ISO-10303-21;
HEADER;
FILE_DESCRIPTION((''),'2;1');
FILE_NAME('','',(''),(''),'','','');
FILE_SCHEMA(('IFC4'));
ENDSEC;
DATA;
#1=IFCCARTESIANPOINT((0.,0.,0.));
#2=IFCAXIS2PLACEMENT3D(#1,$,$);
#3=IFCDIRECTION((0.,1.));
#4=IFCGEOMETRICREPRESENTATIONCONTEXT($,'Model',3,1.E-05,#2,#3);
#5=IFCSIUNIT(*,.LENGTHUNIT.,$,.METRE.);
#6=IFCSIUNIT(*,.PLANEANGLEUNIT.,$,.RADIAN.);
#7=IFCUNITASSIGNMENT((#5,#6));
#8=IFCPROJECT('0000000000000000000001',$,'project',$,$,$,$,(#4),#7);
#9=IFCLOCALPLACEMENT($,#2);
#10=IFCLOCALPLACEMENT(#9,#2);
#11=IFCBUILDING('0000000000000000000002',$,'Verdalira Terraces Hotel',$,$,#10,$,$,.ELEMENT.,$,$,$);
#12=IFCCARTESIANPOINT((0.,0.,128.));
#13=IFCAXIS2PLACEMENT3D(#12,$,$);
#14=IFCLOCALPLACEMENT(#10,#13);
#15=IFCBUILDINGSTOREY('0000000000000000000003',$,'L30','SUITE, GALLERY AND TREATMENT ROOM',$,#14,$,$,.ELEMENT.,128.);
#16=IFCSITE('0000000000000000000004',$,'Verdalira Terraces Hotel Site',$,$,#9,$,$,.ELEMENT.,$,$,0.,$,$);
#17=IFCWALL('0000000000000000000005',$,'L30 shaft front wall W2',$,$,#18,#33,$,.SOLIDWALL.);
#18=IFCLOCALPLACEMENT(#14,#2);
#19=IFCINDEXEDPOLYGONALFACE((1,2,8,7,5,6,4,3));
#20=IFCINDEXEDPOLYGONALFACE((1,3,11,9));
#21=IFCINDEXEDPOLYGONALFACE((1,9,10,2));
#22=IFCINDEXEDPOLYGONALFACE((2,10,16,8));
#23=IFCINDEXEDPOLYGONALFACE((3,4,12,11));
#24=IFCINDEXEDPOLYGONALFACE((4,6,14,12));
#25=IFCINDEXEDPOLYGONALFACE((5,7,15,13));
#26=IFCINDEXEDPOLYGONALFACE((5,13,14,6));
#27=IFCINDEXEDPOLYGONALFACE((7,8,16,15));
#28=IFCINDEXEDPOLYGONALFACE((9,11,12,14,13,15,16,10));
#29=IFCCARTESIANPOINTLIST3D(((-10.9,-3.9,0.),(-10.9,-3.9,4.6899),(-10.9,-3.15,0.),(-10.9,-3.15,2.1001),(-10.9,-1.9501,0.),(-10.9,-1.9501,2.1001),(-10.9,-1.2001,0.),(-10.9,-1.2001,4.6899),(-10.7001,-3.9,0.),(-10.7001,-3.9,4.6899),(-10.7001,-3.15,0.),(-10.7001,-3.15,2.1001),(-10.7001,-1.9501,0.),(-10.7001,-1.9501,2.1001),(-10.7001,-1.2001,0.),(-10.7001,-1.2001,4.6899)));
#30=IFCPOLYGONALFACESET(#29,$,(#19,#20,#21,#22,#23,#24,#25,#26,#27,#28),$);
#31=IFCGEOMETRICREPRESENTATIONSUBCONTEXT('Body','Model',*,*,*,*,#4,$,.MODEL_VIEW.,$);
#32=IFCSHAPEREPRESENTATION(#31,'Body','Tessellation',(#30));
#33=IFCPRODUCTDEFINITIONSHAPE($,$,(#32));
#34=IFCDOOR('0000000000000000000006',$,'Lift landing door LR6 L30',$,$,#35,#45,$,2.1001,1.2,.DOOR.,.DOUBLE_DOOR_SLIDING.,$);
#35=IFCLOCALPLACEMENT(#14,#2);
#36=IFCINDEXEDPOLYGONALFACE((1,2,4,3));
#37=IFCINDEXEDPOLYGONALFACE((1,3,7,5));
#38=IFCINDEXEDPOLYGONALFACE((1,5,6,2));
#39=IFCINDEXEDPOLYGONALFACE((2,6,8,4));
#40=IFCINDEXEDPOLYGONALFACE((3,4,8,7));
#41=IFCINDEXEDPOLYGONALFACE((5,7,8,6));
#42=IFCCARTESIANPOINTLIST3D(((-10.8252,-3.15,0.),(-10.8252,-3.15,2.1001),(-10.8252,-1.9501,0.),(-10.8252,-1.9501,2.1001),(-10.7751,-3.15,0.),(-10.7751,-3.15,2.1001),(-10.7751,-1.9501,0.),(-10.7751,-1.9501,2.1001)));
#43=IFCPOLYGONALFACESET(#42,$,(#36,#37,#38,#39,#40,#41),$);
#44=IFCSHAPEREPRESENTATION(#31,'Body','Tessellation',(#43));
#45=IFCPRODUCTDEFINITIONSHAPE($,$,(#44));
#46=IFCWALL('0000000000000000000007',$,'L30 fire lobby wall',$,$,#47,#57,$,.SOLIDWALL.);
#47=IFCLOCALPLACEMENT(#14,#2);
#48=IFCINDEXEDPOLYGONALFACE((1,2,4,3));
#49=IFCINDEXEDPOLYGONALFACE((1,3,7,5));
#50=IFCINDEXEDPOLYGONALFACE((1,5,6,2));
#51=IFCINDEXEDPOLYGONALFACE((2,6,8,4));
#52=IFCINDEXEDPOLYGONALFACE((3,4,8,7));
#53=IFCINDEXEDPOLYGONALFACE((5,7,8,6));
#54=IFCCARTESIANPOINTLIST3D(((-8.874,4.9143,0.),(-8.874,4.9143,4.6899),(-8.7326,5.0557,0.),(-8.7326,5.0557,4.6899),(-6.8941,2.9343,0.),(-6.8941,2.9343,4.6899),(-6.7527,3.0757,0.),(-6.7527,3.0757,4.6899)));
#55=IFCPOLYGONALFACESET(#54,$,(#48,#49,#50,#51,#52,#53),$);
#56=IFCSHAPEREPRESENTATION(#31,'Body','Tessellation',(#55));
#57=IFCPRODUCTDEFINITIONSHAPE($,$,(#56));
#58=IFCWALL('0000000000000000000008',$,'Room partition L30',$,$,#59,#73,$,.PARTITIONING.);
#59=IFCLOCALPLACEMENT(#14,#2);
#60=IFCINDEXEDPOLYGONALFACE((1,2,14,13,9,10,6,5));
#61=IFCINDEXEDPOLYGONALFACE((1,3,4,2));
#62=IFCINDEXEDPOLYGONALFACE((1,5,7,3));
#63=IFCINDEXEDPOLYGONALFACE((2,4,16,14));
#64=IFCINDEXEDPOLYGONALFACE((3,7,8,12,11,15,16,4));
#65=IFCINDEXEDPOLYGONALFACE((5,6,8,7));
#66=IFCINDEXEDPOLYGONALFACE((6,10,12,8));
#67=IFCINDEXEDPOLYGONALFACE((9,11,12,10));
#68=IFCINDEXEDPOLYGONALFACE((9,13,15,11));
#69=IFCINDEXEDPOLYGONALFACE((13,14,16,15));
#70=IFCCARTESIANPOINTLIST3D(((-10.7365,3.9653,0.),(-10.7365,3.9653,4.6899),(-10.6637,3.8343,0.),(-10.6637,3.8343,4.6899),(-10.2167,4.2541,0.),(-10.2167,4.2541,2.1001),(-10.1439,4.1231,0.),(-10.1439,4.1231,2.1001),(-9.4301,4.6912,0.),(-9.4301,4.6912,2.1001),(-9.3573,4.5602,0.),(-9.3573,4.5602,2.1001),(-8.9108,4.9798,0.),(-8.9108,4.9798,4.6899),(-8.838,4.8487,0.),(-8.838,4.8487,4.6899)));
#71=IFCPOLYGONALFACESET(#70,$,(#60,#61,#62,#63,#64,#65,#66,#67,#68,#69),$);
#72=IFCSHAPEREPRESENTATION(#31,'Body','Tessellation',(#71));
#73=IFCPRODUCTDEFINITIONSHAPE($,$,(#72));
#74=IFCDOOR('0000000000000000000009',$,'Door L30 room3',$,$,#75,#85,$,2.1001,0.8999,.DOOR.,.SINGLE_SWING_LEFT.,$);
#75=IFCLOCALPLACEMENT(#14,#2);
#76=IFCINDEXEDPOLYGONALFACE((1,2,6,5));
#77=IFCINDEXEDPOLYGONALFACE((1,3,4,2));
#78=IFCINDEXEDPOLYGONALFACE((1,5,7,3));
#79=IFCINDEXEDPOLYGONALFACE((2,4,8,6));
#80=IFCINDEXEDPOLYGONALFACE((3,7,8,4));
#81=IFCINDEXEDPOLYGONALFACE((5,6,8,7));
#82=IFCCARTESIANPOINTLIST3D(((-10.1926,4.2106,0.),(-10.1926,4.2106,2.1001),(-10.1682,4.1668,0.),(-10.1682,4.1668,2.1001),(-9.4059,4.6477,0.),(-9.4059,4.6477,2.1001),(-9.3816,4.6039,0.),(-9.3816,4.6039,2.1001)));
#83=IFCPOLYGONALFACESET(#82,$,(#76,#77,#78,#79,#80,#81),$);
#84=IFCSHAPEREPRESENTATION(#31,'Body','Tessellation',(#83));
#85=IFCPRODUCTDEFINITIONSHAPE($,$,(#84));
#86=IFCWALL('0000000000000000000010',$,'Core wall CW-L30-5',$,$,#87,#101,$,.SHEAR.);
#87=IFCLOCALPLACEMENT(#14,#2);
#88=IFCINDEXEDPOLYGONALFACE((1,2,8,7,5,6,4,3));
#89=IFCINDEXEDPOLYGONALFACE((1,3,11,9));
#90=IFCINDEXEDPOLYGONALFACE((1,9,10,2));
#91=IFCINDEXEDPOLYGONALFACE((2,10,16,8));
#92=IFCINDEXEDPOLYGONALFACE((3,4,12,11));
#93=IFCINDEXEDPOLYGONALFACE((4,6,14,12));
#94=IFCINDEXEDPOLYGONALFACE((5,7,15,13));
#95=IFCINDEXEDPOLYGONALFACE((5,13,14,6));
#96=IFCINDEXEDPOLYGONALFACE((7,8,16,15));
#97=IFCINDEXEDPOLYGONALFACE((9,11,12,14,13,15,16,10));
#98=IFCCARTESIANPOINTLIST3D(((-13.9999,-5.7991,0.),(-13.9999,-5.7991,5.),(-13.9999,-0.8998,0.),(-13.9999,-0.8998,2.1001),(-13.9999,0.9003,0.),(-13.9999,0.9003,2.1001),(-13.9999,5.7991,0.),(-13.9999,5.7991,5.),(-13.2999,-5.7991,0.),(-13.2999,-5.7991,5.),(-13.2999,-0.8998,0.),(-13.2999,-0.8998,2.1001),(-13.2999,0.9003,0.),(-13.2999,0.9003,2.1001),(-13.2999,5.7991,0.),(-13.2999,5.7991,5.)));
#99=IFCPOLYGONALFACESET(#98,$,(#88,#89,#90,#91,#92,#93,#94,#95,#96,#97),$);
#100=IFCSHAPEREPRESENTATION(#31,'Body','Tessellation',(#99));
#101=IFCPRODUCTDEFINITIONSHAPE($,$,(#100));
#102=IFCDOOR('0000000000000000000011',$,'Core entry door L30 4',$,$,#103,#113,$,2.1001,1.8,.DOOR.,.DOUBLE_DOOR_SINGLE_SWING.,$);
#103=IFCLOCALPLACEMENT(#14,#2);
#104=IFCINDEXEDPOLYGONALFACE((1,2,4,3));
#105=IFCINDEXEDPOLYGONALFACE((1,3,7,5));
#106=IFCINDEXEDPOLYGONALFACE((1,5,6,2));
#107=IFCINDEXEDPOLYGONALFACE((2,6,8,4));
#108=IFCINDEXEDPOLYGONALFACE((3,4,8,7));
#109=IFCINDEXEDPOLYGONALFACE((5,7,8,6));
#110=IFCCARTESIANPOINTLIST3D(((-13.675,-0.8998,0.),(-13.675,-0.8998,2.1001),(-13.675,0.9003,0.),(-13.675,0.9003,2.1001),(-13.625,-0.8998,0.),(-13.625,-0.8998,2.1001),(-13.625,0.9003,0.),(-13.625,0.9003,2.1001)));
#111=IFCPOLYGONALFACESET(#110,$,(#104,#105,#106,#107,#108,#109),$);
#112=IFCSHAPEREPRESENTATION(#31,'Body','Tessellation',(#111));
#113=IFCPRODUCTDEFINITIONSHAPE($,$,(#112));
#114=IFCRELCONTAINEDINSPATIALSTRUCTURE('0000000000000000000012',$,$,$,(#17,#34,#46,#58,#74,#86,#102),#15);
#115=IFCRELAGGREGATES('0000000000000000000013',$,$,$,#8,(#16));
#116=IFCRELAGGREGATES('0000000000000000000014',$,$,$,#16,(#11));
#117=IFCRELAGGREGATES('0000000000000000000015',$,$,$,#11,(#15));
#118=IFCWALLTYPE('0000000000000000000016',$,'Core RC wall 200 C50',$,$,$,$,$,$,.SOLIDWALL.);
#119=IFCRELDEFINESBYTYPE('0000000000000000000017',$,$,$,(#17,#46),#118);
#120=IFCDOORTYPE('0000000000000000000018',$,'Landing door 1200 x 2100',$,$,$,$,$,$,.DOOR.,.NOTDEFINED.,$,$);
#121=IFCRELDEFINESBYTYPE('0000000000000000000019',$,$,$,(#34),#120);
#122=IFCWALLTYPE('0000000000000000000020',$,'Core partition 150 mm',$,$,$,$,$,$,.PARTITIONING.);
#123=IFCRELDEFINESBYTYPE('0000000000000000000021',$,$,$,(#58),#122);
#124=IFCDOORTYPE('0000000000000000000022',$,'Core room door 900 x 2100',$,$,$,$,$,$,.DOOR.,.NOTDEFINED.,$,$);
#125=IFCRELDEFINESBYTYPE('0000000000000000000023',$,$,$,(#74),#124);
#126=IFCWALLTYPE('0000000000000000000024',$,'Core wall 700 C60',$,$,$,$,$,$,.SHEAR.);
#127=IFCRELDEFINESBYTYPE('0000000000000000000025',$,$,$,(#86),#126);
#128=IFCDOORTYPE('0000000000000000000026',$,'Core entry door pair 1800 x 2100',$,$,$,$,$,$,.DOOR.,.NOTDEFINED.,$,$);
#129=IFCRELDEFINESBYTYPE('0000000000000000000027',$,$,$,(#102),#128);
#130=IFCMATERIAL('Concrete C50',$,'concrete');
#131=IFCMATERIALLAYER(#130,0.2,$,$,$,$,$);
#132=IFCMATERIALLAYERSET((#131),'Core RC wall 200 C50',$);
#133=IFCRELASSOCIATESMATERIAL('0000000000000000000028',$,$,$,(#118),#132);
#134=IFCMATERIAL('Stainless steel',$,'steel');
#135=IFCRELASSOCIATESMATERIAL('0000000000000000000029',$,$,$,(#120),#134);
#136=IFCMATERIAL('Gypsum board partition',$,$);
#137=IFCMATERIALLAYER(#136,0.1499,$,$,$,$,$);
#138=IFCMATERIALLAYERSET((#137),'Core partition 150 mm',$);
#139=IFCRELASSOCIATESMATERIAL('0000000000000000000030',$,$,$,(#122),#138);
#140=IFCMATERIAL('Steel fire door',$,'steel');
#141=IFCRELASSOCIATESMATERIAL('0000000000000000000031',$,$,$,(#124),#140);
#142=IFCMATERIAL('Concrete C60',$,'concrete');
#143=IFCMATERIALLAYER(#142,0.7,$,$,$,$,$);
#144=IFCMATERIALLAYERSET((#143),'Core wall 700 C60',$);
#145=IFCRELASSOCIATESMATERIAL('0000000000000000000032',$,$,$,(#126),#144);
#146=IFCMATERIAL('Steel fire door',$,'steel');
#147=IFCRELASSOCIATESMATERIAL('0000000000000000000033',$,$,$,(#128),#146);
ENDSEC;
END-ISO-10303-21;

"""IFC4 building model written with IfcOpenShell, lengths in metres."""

from ifc_helpers import new_model, si_unit, direction, frame, frame_2d, origin, place, context, subcontext, project, spatial, rectangle, extrude, material, layer, layer_set, type_object, element, fill, save


model = new_model("IFC4")

# Units and contexts
model_context = context("Model", 3, precision=1e-05, world=origin(), true_north=direction((0.0, 1.0)))
body_context = subcontext(model_context, "Body", "Model", "MODEL_VIEW")
ifc_project = project(units=[si_unit("LENGTHUNIT", "METRE"), si_unit("PLANEANGLEUNIT", "RADIAN")], contexts=[model_context])

# Site, building, storey
site_placement = place(None, origin())
site = spatial("IfcSite", under=ifc_project, at=site_placement, Name="Verdalira Terraces Hotel Site", CompositionType="ELEMENT", RefElevation=0.0)
building_placement = place(site_placement, origin())
building = spatial("IfcBuilding", under=site, at=building_placement, Name="Verdalira Terraces Hotel", CompositionType="ELEMENT")
storey_placement = place(building_placement, frame((0.0, 0.0, 128.0)))
storey = spatial("IfcBuildingStorey", under=building, at=storey_placement, Name="L30", Description="SUITE, GALLERY AND TREATMENT ROOM", CompositionType="ELEMENT", Elevation=128.0)

# Wall, opening, door
ifc_material_1 = material(Name="Concrete C50", Category="concrete")
ifc_layer_1 = layer(ifc_material_1, 0.2)
ifc_layer_set_1 = layer_set([ifc_layer_1], Name="Core RC wall 200 C50")
wall_type_1 = type_object("IfcWallType", Name="Core RC wall 200 C50", PredefinedType="SOLIDWALL", material=ifc_layer_set_1)
ifc_material_2 = material(Name="Stainless steel", Category="steel")
door_type_1 = type_object("IfcDoorType", Name="Landing door 1200 x 2100", OperationType="NOTDEFINED", PredefinedType="DOOR", material=ifc_material_2)
wall_1_placement = place(storey_placement, frame((-10.8, -1.2, 0.0), z_axis=(0.0, 0.0, 1.0), x_axis=(0.0, -1.0, 0.0)))
wall_1 = element("IfcWall", 1, at=wall_1_placement, inside=storey, type_object=wall_type_1, Name="L30 shaft front wall W2", PredefinedType="SOLIDWALL", context=body_context, shape_type="SweptSolid", body=[
    extrude(rectangle(XDim=2.7, YDim=0.2, at=frame_2d((1.3501, 0.0))), origin(), (0.0, 0.0, 1.0), 4.6899),
])
opening_1_placement = place(wall_1_placement, frame((0.75, 0.0, 0.0)))
opening_1 = element("IfcOpeningElement", 2, at=opening_1_placement, cuts=wall_1, PredefinedType="OPENING", context=body_context, shape_type="SweptSolid", body=[
    extrude(rectangle(XDim=1.2, YDim=2.1001, at=frame_2d((0.6001, 1.05))), frame((0.0, 0.1099, 0.0), z_axis=(0.0, -1.0, 0.0), x_axis=(1.0, 0.0, 0.0)), (0.0, 0.0, 1.0), 0.22),
])
door_1_placement = place(opening_1_placement, origin())
door_1 = element("IfcDoor", 3, at=door_1_placement, inside=storey, type_object=door_type_1, Name="Lift landing door LR6 L30", OperationType="DOUBLE_DOOR_SLIDING", OverallHeight=2.1001, OverallWidth=1.2, PredefinedType="DOOR", context=body_context, shape_type="SweptSolid", body=[
    extrude(rectangle(XDim=1.2, YDim=2.1001, at=frame_2d((0.6001, 1.05))), frame((0.0, 0.0249, 0.0), z_axis=(0.0, -1.0, 0.0), x_axis=(1.0, 0.0, 0.0)), (0.0, 0.0, 1.0), 0.05),
])
fill(opening_1, door_1)

# Wall
wall_2_placement = place(storey_placement, frame((-6.8235, 3.0051, 0.0), z_axis=(0.0, 0.0, 1.0), x_axis=(-0.707107, 0.707107, 0.0)))
element("IfcWall", 4, at=wall_2_placement, inside=storey, type_object=wall_type_1, Name="L30 fire lobby wall", PredefinedType="SOLIDWALL", context=body_context, shape_type="SweptSolid", body=[
    extrude(rectangle(XDim=2.8, YDim=0.2, at=frame_2d((1.3999, 0.0))), origin(), (0.0, 0.0, 1.0), 4.6899),
])

# Walls, openings, doors
ifc_material_3 = material(Name="Gypsum board partition")
ifc_layer_2 = layer(ifc_material_3, 0.1499)
ifc_layer_set_2 = layer_set([ifc_layer_2], Name="Core partition 150 mm")
wall_type_2 = type_object("IfcWallType", Name="Core partition 150 mm", PredefinedType="PARTITIONING", material=ifc_layer_set_2)
wall_3_placement = place(storey_placement, frame((-8.8743, 4.9143, 0.0), z_axis=(0.0, 0.0, 1.0), x_axis=(-0.87413, -0.485693, 0.0)))
wall_3 = element("IfcWall", 5, at=wall_3_placement, inside=storey, type_object=wall_type_2, Name="Room partition L30", PredefinedType="PARTITIONING", context=body_context, shape_type="SweptSolid", body=[
    extrude(rectangle(XDim=2.0886, YDim=0.1499, at=frame_2d((1.0444, 0.0))), origin(), (0.0, 0.0, 1.0), 4.6899),
])
opening_2_placement = place(wall_3_placement, frame((0.5942, 0.0, 0.0)))
opening_2 = element("IfcOpeningElement", 6, at=opening_2_placement, cuts=wall_3, PredefinedType="OPENING", context=body_context, shape_type="SweptSolid", body=[
    extrude(rectangle(XDim=0.8999, YDim=2.1001, at=frame_2d((0.45, 1.05))), frame((0.0, 0.085, 0.0), z_axis=(0.0, -1.0, 0.0), x_axis=(1.0, 0.0, 0.0)), (0.0, 0.0, 1.0), 0.1699),
])
ifc_material_4 = material(Name="Steel fire door", Category="steel")
door_type_2 = type_object("IfcDoorType", Name="Core room door 900 x 2100", OperationType="NOTDEFINED", PredefinedType="DOOR", material=ifc_material_4)
door_2_placement = place(opening_2_placement, origin())
door_2 = element("IfcDoor", 7, at=door_2_placement, inside=storey, type_object=door_type_2, Name="Door L30 room3", OperationType="SINGLE_SWING_LEFT", OverallHeight=2.1001, OverallWidth=0.8999, PredefinedType="DOOR", context=body_context, shape_type="SweptSolid", body=[
    extrude(rectangle(XDim=0.8999, YDim=2.1001, at=frame_2d((0.45, 1.05))), frame((0.0, 0.0249, 0.0), z_axis=(0.0, -1.0, 0.0), x_axis=(1.0, 0.0, 0.0)), (0.0, 0.0, 1.0), 0.05),
])
fill(opening_2, door_2)
ifc_material_5 = material(Name="Concrete C60", Category="concrete")
ifc_layer_3 = layer(ifc_material_5, 0.7)
ifc_layer_set_3 = layer_set([ifc_layer_3], Name="Core wall 700 C60")
wall_type_3 = type_object("IfcWallType", Name="Core wall 700 C60", PredefinedType="SHEAR", material=ifc_layer_set_3)
wall_4_placement = place(storey_placement, frame((-13.6499, 5.7991, 0.0), z_axis=(0.0, 0.0, 1.0), x_axis=(0.0, -1.0, 0.0)))
wall_4 = element("IfcWall", 8, at=wall_4_placement, inside=storey, type_object=wall_type_3, Name="Core wall CW-L30-5", PredefinedType="SHEAR", context=body_context, shape_type="SweptSolid", body=[
    extrude(rectangle(XDim=11.5981, YDim=0.7, at=frame_2d((5.7991, 0.0))), origin(), (0.0, 0.0, 1.0), 5.0),
])
opening_3_placement = place(wall_4_placement, frame((4.8989, 0.0, 0.0)))
opening_3 = element("IfcOpeningElement", 9, at=opening_3_placement, cuts=wall_4, PredefinedType="OPENING", context=body_context, shape_type="SweptSolid", body=[
    extrude(rectangle(XDim=1.8, YDim=2.1001, at=frame_2d((0.8999, 1.05))), frame((0.0, 0.3599, 0.0), z_axis=(0.0, -1.0, 0.0), x_axis=(1.0, 0.0, 0.0)), (0.0, 0.0, 1.0), 0.72),
])
ifc_material_6 = material(Name="Steel fire door", Category="steel")
door_type_3 = type_object("IfcDoorType", Name="Core entry door pair 1800 x 2100", OperationType="NOTDEFINED", PredefinedType="DOOR", material=ifc_material_6)
door_3_placement = place(opening_3_placement, origin())
door_3 = element("IfcDoor", 10, at=door_3_placement, inside=storey, type_object=door_type_3, Name="Core entry door L30 4", OperationType="DOUBLE_DOOR_SINGLE_SWING", OverallHeight=2.1001, OverallWidth=1.8, PredefinedType="DOOR", context=body_context, shape_type="SweptSolid", body=[
    extrude(rectangle(XDim=1.8, YDim=2.1001, at=frame_2d((0.8999, 1.05))), frame((0.0, 0.0249, 0.0), z_axis=(0.0, -1.0, 0.0), x_axis=(1.0, 0.0, 0.0)), (0.0, 0.0, 1.0), 0.05),
])
fill(opening_3, door_3)

save(model, "model.ifc")
